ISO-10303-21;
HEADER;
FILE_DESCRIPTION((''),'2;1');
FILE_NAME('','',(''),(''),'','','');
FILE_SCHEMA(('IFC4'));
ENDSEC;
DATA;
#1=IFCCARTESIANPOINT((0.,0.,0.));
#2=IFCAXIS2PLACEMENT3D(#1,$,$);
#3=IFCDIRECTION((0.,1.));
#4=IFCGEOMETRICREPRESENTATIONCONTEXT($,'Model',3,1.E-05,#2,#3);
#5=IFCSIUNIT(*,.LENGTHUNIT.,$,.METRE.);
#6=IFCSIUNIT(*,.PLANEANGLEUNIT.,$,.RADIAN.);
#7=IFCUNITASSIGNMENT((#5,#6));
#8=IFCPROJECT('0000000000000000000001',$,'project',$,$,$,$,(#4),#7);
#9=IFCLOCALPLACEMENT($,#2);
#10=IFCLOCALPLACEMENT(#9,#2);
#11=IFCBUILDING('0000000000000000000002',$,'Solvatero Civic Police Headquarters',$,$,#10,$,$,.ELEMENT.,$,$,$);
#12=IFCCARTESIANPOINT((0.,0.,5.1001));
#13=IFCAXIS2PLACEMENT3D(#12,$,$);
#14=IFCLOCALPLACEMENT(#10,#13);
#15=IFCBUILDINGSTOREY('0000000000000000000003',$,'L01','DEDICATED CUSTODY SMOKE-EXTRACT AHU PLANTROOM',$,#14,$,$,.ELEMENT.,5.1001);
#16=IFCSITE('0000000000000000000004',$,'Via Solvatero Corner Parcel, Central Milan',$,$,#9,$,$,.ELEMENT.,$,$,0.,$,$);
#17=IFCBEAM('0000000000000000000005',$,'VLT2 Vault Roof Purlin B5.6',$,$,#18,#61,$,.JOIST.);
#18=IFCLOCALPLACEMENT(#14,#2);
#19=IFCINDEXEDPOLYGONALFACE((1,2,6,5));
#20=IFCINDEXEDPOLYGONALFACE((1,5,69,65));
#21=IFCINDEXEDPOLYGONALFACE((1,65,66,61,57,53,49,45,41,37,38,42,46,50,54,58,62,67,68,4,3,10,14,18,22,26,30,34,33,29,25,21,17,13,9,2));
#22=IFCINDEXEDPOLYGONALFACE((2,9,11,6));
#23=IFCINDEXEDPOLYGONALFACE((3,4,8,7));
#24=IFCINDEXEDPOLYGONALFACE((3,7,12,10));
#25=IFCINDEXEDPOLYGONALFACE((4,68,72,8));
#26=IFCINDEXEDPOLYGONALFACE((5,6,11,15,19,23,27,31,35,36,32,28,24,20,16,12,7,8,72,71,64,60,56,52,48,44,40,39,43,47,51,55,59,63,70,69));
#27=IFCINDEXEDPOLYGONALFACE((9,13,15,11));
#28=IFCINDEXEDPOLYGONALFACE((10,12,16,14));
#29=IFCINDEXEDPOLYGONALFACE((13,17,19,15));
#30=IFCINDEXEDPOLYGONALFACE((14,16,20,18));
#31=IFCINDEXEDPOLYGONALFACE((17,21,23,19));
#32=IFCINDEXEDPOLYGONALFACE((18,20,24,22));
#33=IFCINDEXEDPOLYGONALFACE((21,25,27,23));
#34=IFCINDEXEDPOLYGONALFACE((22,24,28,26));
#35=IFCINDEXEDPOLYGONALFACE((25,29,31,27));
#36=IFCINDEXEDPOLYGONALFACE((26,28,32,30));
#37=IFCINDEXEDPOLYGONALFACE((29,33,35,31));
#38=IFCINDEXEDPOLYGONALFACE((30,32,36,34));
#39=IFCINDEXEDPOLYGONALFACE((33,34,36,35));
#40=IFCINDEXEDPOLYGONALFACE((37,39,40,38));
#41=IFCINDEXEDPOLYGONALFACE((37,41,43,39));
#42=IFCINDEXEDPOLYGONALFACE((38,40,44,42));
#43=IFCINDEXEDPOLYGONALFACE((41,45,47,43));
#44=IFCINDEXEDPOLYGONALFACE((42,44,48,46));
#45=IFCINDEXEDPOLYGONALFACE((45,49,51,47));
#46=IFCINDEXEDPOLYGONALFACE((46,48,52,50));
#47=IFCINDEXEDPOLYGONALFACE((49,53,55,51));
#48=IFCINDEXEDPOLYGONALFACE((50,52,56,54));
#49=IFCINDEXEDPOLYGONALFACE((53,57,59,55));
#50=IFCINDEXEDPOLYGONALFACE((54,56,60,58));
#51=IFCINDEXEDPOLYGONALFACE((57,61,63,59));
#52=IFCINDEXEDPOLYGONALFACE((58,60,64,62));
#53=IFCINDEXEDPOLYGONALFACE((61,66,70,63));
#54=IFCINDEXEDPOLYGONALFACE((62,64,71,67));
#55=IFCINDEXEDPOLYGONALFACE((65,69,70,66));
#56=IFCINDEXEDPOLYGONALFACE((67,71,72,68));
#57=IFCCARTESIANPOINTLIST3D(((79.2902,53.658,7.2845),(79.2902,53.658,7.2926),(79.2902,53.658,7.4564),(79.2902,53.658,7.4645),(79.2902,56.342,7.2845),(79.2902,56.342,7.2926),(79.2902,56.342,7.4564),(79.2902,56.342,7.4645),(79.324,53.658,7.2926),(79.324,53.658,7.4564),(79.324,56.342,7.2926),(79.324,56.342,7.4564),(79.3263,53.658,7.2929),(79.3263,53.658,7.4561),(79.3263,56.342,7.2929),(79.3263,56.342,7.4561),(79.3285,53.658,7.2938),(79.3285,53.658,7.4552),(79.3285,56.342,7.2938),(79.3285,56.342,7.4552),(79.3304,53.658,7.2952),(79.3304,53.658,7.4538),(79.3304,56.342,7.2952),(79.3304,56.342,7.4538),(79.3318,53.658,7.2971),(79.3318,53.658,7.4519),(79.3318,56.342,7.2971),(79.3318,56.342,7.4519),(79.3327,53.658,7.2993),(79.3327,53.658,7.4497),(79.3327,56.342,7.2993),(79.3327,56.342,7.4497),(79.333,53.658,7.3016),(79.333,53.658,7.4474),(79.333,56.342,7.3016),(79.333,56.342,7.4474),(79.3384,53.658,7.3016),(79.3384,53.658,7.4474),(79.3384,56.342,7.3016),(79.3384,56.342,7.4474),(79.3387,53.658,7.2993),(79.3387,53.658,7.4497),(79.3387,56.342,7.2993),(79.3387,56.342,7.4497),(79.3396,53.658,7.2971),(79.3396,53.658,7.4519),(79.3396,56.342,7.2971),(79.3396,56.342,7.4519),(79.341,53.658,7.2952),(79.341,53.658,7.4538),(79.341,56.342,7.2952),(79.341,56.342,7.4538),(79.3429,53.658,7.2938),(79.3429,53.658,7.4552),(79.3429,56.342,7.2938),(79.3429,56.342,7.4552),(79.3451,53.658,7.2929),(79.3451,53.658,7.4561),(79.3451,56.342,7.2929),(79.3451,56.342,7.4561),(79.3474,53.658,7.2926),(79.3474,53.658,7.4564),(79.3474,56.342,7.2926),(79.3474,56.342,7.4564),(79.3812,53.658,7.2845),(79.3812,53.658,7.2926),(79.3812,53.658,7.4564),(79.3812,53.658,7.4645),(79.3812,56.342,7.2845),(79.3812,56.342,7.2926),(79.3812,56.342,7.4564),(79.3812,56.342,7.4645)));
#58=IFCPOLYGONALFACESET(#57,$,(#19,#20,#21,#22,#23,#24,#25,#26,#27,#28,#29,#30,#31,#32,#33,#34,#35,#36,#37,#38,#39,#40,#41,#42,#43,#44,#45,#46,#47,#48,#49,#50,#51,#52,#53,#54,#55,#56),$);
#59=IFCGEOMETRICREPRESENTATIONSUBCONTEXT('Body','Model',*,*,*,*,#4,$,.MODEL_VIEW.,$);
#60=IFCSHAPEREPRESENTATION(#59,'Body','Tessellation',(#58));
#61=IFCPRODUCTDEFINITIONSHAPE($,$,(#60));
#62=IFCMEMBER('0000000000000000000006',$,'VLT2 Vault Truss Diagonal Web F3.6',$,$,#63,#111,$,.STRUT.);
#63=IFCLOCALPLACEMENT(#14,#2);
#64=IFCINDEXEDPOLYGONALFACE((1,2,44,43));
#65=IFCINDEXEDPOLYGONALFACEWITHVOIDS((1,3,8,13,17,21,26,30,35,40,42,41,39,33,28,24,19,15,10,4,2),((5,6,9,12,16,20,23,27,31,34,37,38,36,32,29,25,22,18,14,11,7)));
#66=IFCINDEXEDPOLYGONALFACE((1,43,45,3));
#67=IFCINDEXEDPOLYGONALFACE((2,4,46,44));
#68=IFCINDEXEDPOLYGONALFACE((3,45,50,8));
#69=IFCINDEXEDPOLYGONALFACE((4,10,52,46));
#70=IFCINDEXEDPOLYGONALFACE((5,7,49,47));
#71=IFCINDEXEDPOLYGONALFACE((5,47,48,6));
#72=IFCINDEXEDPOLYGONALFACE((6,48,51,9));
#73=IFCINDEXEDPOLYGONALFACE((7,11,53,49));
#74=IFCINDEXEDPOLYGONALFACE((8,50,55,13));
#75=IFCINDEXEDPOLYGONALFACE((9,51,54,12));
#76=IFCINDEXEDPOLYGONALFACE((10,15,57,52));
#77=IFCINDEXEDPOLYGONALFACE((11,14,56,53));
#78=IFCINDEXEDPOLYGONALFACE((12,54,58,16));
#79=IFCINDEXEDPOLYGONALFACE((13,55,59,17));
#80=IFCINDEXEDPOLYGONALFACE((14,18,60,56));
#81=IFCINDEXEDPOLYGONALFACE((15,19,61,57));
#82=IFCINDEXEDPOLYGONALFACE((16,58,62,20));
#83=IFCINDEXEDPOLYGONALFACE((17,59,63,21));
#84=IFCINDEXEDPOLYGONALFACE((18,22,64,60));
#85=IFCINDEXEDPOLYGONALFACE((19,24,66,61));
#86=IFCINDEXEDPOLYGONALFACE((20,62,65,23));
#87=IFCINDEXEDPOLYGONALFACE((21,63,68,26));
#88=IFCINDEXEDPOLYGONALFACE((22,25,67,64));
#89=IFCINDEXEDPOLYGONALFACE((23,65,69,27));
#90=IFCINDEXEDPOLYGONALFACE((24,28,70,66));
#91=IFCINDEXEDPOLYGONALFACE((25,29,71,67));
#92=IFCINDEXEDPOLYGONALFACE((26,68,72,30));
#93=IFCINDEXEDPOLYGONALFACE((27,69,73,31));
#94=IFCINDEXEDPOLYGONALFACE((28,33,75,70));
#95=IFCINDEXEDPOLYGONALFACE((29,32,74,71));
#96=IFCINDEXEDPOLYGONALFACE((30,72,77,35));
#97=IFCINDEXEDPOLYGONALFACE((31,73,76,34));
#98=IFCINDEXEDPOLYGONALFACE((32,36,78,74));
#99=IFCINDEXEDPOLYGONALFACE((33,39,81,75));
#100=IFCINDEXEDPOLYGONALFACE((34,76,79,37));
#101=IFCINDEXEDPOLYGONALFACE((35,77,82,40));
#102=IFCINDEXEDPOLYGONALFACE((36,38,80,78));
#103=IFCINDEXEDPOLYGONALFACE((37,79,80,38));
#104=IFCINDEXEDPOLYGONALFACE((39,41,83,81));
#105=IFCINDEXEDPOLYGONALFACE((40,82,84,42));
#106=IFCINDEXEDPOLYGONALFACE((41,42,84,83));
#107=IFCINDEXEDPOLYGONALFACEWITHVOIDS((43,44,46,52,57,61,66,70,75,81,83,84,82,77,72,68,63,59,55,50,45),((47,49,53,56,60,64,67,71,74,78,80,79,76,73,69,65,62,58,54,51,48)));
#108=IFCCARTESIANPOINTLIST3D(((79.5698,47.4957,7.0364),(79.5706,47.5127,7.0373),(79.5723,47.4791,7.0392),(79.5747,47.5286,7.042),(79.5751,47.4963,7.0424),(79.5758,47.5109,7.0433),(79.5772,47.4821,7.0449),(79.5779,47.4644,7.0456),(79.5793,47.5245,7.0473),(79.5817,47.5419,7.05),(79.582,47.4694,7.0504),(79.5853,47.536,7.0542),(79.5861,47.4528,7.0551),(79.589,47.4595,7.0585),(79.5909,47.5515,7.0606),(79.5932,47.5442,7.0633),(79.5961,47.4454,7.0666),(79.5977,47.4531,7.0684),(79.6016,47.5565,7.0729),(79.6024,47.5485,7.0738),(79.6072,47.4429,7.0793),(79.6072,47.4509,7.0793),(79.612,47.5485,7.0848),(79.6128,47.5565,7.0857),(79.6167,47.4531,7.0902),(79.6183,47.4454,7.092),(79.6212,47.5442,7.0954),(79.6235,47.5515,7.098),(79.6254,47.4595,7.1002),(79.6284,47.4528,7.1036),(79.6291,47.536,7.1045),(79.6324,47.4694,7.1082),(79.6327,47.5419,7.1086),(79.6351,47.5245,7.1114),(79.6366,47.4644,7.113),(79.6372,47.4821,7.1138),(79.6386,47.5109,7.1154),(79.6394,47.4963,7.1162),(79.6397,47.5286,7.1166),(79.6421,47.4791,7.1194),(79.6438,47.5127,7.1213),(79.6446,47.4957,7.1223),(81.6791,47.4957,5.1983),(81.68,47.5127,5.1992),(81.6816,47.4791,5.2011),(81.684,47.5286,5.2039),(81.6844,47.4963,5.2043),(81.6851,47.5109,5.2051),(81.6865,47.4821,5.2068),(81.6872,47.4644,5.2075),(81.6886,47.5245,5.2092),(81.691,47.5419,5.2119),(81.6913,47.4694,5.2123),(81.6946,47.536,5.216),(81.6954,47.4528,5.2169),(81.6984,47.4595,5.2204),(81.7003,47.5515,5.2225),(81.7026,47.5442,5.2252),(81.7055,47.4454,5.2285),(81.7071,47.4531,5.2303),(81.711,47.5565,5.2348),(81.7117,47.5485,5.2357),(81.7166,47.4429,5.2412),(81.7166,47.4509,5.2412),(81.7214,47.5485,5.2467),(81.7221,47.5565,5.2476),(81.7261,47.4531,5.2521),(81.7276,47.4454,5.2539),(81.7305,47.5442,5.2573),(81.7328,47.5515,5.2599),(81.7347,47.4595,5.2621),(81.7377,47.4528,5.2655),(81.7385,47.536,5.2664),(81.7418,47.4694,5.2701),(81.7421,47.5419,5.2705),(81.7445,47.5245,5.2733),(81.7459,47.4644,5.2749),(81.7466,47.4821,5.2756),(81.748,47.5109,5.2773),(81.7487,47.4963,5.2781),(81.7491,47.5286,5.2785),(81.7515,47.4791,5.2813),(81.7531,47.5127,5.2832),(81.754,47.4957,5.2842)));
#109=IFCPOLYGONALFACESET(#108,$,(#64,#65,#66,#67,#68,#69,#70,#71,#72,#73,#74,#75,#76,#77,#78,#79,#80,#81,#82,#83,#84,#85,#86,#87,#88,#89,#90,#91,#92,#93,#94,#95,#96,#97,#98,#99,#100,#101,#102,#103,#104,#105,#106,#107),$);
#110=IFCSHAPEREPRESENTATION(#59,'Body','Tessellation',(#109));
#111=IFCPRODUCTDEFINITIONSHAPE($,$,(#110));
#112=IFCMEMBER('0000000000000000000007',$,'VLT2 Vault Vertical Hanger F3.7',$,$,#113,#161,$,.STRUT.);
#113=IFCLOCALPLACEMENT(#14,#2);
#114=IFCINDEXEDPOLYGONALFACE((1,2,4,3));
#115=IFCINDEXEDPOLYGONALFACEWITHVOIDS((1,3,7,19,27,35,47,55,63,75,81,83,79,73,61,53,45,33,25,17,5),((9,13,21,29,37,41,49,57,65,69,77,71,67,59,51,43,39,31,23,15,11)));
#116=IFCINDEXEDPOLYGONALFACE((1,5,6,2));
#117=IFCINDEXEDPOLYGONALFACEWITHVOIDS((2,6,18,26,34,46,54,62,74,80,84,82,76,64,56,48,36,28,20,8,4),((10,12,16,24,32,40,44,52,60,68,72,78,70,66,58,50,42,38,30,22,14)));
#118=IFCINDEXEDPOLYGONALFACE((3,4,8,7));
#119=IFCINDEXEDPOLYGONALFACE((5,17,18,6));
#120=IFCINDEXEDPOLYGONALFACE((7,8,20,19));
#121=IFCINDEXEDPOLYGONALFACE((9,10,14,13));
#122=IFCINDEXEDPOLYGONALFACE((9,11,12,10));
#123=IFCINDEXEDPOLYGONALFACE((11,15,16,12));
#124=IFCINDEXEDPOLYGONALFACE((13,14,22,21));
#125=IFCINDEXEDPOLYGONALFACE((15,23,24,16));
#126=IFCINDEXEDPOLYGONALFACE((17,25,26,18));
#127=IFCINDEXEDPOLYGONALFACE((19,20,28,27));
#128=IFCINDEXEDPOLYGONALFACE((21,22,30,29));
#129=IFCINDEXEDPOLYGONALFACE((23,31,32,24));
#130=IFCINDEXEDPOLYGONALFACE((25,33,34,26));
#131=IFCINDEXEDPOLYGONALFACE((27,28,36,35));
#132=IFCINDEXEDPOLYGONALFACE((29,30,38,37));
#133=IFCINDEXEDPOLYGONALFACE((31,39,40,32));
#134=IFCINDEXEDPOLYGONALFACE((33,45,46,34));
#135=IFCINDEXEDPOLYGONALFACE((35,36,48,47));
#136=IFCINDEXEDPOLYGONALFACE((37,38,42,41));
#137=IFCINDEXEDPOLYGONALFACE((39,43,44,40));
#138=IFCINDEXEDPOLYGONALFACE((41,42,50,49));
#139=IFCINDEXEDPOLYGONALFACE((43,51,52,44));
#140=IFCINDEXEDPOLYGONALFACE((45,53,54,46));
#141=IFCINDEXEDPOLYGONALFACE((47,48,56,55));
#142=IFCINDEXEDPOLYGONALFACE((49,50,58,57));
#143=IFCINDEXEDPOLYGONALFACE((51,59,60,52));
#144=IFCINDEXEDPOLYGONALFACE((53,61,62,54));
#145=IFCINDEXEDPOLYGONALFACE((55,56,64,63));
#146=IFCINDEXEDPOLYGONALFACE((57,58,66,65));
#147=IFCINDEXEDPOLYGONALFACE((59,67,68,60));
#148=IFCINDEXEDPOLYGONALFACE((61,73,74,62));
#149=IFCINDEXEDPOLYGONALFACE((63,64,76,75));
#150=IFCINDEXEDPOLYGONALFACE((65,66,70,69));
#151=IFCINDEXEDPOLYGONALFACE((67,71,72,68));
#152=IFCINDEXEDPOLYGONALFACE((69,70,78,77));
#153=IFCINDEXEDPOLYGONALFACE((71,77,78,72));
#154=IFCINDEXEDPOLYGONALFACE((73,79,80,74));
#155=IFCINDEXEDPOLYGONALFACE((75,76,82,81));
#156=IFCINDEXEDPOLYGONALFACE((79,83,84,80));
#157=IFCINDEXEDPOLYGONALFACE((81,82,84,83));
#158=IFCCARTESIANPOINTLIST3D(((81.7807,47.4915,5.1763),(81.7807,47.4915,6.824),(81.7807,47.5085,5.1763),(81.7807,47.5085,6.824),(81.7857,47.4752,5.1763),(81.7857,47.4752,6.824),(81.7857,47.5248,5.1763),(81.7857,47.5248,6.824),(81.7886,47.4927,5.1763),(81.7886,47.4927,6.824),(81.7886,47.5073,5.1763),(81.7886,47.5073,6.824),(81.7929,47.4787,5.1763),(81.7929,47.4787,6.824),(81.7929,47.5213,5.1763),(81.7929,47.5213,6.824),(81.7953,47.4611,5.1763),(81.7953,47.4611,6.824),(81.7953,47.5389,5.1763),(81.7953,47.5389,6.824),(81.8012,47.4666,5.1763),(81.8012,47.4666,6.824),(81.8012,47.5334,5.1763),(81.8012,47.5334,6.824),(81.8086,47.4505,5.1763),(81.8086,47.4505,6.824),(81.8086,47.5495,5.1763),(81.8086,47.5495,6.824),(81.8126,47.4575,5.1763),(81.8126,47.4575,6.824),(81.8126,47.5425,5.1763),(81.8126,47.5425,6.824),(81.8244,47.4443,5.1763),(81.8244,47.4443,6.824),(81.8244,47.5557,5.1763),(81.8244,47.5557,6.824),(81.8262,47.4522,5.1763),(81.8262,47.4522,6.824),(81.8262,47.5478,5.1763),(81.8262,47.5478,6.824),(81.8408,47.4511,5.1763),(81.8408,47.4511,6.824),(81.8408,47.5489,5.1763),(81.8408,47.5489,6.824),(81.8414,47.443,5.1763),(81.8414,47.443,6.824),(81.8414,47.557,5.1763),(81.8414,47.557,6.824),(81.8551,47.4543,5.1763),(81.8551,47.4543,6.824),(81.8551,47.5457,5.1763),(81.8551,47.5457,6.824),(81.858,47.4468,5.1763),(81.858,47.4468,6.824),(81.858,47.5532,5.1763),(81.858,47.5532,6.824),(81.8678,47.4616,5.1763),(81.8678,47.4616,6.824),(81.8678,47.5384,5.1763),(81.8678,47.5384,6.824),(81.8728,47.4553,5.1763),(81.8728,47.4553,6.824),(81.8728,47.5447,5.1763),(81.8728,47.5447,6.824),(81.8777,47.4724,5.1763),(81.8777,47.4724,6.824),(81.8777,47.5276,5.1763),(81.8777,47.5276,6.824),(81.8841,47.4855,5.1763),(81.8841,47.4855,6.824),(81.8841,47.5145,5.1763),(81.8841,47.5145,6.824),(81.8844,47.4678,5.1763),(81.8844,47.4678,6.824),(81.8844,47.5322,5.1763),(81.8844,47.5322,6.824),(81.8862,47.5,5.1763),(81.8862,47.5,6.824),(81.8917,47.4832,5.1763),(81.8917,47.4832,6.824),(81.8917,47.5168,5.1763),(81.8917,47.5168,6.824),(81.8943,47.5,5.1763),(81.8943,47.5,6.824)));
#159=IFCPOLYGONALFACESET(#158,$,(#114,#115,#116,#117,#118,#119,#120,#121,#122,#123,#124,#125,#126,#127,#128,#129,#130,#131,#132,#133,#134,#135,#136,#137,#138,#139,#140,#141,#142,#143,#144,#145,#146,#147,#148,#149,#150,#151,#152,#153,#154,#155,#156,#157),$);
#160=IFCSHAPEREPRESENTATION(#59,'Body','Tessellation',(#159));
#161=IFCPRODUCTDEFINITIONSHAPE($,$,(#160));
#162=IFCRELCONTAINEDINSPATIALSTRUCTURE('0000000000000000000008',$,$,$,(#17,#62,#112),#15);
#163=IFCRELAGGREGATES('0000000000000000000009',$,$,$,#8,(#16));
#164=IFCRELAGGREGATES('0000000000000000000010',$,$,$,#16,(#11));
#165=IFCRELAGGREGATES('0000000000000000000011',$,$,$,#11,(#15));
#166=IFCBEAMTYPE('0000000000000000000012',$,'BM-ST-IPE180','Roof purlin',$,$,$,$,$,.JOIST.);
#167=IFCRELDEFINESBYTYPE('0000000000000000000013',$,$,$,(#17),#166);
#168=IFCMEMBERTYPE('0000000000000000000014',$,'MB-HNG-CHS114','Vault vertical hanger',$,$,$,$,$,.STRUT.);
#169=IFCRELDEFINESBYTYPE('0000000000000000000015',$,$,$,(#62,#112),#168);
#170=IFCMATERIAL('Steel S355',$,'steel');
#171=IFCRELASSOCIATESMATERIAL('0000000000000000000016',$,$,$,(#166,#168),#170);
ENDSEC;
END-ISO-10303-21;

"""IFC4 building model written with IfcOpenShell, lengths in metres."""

from ifc_helpers import new_model, si_unit, direction, frame, origin, origin_2d, place, context, subcontext, project, spatial, hollow_circle, i_section, extrude, material, material_profile, profile_set, type_object, element, save


model = new_model("IFC4")

# Units and contexts
model_context = context("Model", 3, precision=1e-05, world=origin(), true_north=direction((0.0, 1.0)))
body_context = subcontext(model_context, "Body", "Model", "MODEL_VIEW")
ifc_project = project(units=[si_unit("LENGTHUNIT", "METRE"), si_unit("PLANEANGLEUNIT", "RADIAN")], contexts=[model_context])

# Site, building, storey
site_placement = place(None, origin())
site = spatial("IfcSite", under=ifc_project, at=site_placement, Name="Via Solvatero Corner Parcel, Central Milan", CompositionType="ELEMENT", RefElevation=0.0)
building_placement = place(site_placement, origin())
building = spatial("IfcBuilding", under=site, at=building_placement, Name="Solvatero Civic Police Headquarters", CompositionType="ELEMENT")
storey_placement = place(building_placement, frame((0.0, 0.0, 5.1001)))
storey = spatial("IfcBuildingStorey", under=building, at=storey_placement, Name="L01", Description="DEDICATED CUSTODY SMOKE-EXTRACT AHU PLANTROOM", CompositionType="ELEMENT", Elevation=5.1001)

# Beam
ifc_material = material(Name="Steel S355", Category="steel")
ifc_material_profile_1 = material_profile(ifc_material, i_section(OverallWidth=0.0911, OverallDepth=0.1799, WebThickness=0.0054, FlangeThickness=0.0081, FilletRadius=0.009, at=origin_2d()), Name="IPE 180")
ifc_profile_set_1 = profile_set([ifc_material_profile_1], Name="Steel S355")
beam_type_1 = type_object("IfcBeamType", Name="BM-ST-IPE180", Description="Roof purlin", PredefinedType="JOIST", material=ifc_profile_set_1)
for number, where, z_axis, x_axis, name in (
    (1, (79.3357, 53.658, 7.3745), (0.0, 1.0, 0.0), (-1.0, 0.0, 0.0), "VLT2 Vault Roof Purlin B5.6"),
):
    element("IfcBeam", number, at=place(storey_placement, frame(where, z_axis=z_axis, x_axis=x_axis)), inside=storey, type_object=beam_type_1, Name=name, PredefinedType="JOIST", context=body_context, shape_type="SweptSolid", body=[
        extrude(i_section(OverallWidth=0.0911, OverallDepth=0.1799, WebThickness=0.0054, FlangeThickness=0.0081, FilletRadius=0.009, at=origin_2d()), origin(), (0.0, 0.0, 1.0), 2.6841),
    ])

# Members
ifc_material_profile_2 = material_profile(ifc_material, hollow_circle(Radius=0.0571, WallThickness=0.0081, at=origin_2d()), Name="CHS 114.3x8.0")
ifc_profile_set_2 = profile_set([ifc_material_profile_2], Name="Steel S355")
member_type_1 = type_object("IfcMemberType", Name="MB-HNG-CHS114", Description="Vault vertical hanger", PredefinedType="STRUT", material=ifc_profile_set_2)
member_1_placement = place(storey_placement, frame((81.7166, 47.5, 5.2412), z_axis=(-0.753916, 0.0, 0.656971), x_axis=(0.0, -1.0, 0.0)))
element("IfcMember", 2, at=member_1_placement, inside=storey, type_object=member_type_1, Name="VLT2 Vault Truss Diagonal Web F3.6", PredefinedType="STRUT", context=body_context, shape_type="SweptSolid", body=[
    extrude(hollow_circle(Radius=0.0571, WallThickness=0.0081, at=origin_2d()), origin(), (0.0, 0.0, 1.0), 2.7979),
])
member_2_placement = place(storey_placement, frame((81.8372, 47.5, 5.1763), z_axis=(0.0, 0.0, 1.0), x_axis=(1.0, 0.0, 0.0)))
element("IfcMember", 3, at=member_2_placement, inside=storey, type_object=member_type_1, Name="VLT2 Vault Vertical Hanger F3.7", PredefinedType="STRUT", context=body_context, shape_type="SweptSolid", body=[
    extrude(hollow_circle(Radius=0.0571, WallThickness=0.0081, at=origin_2d()), origin(), (0.0, 0.0, 1.0), 1.6477),
])

save(model, "model.ifc")
